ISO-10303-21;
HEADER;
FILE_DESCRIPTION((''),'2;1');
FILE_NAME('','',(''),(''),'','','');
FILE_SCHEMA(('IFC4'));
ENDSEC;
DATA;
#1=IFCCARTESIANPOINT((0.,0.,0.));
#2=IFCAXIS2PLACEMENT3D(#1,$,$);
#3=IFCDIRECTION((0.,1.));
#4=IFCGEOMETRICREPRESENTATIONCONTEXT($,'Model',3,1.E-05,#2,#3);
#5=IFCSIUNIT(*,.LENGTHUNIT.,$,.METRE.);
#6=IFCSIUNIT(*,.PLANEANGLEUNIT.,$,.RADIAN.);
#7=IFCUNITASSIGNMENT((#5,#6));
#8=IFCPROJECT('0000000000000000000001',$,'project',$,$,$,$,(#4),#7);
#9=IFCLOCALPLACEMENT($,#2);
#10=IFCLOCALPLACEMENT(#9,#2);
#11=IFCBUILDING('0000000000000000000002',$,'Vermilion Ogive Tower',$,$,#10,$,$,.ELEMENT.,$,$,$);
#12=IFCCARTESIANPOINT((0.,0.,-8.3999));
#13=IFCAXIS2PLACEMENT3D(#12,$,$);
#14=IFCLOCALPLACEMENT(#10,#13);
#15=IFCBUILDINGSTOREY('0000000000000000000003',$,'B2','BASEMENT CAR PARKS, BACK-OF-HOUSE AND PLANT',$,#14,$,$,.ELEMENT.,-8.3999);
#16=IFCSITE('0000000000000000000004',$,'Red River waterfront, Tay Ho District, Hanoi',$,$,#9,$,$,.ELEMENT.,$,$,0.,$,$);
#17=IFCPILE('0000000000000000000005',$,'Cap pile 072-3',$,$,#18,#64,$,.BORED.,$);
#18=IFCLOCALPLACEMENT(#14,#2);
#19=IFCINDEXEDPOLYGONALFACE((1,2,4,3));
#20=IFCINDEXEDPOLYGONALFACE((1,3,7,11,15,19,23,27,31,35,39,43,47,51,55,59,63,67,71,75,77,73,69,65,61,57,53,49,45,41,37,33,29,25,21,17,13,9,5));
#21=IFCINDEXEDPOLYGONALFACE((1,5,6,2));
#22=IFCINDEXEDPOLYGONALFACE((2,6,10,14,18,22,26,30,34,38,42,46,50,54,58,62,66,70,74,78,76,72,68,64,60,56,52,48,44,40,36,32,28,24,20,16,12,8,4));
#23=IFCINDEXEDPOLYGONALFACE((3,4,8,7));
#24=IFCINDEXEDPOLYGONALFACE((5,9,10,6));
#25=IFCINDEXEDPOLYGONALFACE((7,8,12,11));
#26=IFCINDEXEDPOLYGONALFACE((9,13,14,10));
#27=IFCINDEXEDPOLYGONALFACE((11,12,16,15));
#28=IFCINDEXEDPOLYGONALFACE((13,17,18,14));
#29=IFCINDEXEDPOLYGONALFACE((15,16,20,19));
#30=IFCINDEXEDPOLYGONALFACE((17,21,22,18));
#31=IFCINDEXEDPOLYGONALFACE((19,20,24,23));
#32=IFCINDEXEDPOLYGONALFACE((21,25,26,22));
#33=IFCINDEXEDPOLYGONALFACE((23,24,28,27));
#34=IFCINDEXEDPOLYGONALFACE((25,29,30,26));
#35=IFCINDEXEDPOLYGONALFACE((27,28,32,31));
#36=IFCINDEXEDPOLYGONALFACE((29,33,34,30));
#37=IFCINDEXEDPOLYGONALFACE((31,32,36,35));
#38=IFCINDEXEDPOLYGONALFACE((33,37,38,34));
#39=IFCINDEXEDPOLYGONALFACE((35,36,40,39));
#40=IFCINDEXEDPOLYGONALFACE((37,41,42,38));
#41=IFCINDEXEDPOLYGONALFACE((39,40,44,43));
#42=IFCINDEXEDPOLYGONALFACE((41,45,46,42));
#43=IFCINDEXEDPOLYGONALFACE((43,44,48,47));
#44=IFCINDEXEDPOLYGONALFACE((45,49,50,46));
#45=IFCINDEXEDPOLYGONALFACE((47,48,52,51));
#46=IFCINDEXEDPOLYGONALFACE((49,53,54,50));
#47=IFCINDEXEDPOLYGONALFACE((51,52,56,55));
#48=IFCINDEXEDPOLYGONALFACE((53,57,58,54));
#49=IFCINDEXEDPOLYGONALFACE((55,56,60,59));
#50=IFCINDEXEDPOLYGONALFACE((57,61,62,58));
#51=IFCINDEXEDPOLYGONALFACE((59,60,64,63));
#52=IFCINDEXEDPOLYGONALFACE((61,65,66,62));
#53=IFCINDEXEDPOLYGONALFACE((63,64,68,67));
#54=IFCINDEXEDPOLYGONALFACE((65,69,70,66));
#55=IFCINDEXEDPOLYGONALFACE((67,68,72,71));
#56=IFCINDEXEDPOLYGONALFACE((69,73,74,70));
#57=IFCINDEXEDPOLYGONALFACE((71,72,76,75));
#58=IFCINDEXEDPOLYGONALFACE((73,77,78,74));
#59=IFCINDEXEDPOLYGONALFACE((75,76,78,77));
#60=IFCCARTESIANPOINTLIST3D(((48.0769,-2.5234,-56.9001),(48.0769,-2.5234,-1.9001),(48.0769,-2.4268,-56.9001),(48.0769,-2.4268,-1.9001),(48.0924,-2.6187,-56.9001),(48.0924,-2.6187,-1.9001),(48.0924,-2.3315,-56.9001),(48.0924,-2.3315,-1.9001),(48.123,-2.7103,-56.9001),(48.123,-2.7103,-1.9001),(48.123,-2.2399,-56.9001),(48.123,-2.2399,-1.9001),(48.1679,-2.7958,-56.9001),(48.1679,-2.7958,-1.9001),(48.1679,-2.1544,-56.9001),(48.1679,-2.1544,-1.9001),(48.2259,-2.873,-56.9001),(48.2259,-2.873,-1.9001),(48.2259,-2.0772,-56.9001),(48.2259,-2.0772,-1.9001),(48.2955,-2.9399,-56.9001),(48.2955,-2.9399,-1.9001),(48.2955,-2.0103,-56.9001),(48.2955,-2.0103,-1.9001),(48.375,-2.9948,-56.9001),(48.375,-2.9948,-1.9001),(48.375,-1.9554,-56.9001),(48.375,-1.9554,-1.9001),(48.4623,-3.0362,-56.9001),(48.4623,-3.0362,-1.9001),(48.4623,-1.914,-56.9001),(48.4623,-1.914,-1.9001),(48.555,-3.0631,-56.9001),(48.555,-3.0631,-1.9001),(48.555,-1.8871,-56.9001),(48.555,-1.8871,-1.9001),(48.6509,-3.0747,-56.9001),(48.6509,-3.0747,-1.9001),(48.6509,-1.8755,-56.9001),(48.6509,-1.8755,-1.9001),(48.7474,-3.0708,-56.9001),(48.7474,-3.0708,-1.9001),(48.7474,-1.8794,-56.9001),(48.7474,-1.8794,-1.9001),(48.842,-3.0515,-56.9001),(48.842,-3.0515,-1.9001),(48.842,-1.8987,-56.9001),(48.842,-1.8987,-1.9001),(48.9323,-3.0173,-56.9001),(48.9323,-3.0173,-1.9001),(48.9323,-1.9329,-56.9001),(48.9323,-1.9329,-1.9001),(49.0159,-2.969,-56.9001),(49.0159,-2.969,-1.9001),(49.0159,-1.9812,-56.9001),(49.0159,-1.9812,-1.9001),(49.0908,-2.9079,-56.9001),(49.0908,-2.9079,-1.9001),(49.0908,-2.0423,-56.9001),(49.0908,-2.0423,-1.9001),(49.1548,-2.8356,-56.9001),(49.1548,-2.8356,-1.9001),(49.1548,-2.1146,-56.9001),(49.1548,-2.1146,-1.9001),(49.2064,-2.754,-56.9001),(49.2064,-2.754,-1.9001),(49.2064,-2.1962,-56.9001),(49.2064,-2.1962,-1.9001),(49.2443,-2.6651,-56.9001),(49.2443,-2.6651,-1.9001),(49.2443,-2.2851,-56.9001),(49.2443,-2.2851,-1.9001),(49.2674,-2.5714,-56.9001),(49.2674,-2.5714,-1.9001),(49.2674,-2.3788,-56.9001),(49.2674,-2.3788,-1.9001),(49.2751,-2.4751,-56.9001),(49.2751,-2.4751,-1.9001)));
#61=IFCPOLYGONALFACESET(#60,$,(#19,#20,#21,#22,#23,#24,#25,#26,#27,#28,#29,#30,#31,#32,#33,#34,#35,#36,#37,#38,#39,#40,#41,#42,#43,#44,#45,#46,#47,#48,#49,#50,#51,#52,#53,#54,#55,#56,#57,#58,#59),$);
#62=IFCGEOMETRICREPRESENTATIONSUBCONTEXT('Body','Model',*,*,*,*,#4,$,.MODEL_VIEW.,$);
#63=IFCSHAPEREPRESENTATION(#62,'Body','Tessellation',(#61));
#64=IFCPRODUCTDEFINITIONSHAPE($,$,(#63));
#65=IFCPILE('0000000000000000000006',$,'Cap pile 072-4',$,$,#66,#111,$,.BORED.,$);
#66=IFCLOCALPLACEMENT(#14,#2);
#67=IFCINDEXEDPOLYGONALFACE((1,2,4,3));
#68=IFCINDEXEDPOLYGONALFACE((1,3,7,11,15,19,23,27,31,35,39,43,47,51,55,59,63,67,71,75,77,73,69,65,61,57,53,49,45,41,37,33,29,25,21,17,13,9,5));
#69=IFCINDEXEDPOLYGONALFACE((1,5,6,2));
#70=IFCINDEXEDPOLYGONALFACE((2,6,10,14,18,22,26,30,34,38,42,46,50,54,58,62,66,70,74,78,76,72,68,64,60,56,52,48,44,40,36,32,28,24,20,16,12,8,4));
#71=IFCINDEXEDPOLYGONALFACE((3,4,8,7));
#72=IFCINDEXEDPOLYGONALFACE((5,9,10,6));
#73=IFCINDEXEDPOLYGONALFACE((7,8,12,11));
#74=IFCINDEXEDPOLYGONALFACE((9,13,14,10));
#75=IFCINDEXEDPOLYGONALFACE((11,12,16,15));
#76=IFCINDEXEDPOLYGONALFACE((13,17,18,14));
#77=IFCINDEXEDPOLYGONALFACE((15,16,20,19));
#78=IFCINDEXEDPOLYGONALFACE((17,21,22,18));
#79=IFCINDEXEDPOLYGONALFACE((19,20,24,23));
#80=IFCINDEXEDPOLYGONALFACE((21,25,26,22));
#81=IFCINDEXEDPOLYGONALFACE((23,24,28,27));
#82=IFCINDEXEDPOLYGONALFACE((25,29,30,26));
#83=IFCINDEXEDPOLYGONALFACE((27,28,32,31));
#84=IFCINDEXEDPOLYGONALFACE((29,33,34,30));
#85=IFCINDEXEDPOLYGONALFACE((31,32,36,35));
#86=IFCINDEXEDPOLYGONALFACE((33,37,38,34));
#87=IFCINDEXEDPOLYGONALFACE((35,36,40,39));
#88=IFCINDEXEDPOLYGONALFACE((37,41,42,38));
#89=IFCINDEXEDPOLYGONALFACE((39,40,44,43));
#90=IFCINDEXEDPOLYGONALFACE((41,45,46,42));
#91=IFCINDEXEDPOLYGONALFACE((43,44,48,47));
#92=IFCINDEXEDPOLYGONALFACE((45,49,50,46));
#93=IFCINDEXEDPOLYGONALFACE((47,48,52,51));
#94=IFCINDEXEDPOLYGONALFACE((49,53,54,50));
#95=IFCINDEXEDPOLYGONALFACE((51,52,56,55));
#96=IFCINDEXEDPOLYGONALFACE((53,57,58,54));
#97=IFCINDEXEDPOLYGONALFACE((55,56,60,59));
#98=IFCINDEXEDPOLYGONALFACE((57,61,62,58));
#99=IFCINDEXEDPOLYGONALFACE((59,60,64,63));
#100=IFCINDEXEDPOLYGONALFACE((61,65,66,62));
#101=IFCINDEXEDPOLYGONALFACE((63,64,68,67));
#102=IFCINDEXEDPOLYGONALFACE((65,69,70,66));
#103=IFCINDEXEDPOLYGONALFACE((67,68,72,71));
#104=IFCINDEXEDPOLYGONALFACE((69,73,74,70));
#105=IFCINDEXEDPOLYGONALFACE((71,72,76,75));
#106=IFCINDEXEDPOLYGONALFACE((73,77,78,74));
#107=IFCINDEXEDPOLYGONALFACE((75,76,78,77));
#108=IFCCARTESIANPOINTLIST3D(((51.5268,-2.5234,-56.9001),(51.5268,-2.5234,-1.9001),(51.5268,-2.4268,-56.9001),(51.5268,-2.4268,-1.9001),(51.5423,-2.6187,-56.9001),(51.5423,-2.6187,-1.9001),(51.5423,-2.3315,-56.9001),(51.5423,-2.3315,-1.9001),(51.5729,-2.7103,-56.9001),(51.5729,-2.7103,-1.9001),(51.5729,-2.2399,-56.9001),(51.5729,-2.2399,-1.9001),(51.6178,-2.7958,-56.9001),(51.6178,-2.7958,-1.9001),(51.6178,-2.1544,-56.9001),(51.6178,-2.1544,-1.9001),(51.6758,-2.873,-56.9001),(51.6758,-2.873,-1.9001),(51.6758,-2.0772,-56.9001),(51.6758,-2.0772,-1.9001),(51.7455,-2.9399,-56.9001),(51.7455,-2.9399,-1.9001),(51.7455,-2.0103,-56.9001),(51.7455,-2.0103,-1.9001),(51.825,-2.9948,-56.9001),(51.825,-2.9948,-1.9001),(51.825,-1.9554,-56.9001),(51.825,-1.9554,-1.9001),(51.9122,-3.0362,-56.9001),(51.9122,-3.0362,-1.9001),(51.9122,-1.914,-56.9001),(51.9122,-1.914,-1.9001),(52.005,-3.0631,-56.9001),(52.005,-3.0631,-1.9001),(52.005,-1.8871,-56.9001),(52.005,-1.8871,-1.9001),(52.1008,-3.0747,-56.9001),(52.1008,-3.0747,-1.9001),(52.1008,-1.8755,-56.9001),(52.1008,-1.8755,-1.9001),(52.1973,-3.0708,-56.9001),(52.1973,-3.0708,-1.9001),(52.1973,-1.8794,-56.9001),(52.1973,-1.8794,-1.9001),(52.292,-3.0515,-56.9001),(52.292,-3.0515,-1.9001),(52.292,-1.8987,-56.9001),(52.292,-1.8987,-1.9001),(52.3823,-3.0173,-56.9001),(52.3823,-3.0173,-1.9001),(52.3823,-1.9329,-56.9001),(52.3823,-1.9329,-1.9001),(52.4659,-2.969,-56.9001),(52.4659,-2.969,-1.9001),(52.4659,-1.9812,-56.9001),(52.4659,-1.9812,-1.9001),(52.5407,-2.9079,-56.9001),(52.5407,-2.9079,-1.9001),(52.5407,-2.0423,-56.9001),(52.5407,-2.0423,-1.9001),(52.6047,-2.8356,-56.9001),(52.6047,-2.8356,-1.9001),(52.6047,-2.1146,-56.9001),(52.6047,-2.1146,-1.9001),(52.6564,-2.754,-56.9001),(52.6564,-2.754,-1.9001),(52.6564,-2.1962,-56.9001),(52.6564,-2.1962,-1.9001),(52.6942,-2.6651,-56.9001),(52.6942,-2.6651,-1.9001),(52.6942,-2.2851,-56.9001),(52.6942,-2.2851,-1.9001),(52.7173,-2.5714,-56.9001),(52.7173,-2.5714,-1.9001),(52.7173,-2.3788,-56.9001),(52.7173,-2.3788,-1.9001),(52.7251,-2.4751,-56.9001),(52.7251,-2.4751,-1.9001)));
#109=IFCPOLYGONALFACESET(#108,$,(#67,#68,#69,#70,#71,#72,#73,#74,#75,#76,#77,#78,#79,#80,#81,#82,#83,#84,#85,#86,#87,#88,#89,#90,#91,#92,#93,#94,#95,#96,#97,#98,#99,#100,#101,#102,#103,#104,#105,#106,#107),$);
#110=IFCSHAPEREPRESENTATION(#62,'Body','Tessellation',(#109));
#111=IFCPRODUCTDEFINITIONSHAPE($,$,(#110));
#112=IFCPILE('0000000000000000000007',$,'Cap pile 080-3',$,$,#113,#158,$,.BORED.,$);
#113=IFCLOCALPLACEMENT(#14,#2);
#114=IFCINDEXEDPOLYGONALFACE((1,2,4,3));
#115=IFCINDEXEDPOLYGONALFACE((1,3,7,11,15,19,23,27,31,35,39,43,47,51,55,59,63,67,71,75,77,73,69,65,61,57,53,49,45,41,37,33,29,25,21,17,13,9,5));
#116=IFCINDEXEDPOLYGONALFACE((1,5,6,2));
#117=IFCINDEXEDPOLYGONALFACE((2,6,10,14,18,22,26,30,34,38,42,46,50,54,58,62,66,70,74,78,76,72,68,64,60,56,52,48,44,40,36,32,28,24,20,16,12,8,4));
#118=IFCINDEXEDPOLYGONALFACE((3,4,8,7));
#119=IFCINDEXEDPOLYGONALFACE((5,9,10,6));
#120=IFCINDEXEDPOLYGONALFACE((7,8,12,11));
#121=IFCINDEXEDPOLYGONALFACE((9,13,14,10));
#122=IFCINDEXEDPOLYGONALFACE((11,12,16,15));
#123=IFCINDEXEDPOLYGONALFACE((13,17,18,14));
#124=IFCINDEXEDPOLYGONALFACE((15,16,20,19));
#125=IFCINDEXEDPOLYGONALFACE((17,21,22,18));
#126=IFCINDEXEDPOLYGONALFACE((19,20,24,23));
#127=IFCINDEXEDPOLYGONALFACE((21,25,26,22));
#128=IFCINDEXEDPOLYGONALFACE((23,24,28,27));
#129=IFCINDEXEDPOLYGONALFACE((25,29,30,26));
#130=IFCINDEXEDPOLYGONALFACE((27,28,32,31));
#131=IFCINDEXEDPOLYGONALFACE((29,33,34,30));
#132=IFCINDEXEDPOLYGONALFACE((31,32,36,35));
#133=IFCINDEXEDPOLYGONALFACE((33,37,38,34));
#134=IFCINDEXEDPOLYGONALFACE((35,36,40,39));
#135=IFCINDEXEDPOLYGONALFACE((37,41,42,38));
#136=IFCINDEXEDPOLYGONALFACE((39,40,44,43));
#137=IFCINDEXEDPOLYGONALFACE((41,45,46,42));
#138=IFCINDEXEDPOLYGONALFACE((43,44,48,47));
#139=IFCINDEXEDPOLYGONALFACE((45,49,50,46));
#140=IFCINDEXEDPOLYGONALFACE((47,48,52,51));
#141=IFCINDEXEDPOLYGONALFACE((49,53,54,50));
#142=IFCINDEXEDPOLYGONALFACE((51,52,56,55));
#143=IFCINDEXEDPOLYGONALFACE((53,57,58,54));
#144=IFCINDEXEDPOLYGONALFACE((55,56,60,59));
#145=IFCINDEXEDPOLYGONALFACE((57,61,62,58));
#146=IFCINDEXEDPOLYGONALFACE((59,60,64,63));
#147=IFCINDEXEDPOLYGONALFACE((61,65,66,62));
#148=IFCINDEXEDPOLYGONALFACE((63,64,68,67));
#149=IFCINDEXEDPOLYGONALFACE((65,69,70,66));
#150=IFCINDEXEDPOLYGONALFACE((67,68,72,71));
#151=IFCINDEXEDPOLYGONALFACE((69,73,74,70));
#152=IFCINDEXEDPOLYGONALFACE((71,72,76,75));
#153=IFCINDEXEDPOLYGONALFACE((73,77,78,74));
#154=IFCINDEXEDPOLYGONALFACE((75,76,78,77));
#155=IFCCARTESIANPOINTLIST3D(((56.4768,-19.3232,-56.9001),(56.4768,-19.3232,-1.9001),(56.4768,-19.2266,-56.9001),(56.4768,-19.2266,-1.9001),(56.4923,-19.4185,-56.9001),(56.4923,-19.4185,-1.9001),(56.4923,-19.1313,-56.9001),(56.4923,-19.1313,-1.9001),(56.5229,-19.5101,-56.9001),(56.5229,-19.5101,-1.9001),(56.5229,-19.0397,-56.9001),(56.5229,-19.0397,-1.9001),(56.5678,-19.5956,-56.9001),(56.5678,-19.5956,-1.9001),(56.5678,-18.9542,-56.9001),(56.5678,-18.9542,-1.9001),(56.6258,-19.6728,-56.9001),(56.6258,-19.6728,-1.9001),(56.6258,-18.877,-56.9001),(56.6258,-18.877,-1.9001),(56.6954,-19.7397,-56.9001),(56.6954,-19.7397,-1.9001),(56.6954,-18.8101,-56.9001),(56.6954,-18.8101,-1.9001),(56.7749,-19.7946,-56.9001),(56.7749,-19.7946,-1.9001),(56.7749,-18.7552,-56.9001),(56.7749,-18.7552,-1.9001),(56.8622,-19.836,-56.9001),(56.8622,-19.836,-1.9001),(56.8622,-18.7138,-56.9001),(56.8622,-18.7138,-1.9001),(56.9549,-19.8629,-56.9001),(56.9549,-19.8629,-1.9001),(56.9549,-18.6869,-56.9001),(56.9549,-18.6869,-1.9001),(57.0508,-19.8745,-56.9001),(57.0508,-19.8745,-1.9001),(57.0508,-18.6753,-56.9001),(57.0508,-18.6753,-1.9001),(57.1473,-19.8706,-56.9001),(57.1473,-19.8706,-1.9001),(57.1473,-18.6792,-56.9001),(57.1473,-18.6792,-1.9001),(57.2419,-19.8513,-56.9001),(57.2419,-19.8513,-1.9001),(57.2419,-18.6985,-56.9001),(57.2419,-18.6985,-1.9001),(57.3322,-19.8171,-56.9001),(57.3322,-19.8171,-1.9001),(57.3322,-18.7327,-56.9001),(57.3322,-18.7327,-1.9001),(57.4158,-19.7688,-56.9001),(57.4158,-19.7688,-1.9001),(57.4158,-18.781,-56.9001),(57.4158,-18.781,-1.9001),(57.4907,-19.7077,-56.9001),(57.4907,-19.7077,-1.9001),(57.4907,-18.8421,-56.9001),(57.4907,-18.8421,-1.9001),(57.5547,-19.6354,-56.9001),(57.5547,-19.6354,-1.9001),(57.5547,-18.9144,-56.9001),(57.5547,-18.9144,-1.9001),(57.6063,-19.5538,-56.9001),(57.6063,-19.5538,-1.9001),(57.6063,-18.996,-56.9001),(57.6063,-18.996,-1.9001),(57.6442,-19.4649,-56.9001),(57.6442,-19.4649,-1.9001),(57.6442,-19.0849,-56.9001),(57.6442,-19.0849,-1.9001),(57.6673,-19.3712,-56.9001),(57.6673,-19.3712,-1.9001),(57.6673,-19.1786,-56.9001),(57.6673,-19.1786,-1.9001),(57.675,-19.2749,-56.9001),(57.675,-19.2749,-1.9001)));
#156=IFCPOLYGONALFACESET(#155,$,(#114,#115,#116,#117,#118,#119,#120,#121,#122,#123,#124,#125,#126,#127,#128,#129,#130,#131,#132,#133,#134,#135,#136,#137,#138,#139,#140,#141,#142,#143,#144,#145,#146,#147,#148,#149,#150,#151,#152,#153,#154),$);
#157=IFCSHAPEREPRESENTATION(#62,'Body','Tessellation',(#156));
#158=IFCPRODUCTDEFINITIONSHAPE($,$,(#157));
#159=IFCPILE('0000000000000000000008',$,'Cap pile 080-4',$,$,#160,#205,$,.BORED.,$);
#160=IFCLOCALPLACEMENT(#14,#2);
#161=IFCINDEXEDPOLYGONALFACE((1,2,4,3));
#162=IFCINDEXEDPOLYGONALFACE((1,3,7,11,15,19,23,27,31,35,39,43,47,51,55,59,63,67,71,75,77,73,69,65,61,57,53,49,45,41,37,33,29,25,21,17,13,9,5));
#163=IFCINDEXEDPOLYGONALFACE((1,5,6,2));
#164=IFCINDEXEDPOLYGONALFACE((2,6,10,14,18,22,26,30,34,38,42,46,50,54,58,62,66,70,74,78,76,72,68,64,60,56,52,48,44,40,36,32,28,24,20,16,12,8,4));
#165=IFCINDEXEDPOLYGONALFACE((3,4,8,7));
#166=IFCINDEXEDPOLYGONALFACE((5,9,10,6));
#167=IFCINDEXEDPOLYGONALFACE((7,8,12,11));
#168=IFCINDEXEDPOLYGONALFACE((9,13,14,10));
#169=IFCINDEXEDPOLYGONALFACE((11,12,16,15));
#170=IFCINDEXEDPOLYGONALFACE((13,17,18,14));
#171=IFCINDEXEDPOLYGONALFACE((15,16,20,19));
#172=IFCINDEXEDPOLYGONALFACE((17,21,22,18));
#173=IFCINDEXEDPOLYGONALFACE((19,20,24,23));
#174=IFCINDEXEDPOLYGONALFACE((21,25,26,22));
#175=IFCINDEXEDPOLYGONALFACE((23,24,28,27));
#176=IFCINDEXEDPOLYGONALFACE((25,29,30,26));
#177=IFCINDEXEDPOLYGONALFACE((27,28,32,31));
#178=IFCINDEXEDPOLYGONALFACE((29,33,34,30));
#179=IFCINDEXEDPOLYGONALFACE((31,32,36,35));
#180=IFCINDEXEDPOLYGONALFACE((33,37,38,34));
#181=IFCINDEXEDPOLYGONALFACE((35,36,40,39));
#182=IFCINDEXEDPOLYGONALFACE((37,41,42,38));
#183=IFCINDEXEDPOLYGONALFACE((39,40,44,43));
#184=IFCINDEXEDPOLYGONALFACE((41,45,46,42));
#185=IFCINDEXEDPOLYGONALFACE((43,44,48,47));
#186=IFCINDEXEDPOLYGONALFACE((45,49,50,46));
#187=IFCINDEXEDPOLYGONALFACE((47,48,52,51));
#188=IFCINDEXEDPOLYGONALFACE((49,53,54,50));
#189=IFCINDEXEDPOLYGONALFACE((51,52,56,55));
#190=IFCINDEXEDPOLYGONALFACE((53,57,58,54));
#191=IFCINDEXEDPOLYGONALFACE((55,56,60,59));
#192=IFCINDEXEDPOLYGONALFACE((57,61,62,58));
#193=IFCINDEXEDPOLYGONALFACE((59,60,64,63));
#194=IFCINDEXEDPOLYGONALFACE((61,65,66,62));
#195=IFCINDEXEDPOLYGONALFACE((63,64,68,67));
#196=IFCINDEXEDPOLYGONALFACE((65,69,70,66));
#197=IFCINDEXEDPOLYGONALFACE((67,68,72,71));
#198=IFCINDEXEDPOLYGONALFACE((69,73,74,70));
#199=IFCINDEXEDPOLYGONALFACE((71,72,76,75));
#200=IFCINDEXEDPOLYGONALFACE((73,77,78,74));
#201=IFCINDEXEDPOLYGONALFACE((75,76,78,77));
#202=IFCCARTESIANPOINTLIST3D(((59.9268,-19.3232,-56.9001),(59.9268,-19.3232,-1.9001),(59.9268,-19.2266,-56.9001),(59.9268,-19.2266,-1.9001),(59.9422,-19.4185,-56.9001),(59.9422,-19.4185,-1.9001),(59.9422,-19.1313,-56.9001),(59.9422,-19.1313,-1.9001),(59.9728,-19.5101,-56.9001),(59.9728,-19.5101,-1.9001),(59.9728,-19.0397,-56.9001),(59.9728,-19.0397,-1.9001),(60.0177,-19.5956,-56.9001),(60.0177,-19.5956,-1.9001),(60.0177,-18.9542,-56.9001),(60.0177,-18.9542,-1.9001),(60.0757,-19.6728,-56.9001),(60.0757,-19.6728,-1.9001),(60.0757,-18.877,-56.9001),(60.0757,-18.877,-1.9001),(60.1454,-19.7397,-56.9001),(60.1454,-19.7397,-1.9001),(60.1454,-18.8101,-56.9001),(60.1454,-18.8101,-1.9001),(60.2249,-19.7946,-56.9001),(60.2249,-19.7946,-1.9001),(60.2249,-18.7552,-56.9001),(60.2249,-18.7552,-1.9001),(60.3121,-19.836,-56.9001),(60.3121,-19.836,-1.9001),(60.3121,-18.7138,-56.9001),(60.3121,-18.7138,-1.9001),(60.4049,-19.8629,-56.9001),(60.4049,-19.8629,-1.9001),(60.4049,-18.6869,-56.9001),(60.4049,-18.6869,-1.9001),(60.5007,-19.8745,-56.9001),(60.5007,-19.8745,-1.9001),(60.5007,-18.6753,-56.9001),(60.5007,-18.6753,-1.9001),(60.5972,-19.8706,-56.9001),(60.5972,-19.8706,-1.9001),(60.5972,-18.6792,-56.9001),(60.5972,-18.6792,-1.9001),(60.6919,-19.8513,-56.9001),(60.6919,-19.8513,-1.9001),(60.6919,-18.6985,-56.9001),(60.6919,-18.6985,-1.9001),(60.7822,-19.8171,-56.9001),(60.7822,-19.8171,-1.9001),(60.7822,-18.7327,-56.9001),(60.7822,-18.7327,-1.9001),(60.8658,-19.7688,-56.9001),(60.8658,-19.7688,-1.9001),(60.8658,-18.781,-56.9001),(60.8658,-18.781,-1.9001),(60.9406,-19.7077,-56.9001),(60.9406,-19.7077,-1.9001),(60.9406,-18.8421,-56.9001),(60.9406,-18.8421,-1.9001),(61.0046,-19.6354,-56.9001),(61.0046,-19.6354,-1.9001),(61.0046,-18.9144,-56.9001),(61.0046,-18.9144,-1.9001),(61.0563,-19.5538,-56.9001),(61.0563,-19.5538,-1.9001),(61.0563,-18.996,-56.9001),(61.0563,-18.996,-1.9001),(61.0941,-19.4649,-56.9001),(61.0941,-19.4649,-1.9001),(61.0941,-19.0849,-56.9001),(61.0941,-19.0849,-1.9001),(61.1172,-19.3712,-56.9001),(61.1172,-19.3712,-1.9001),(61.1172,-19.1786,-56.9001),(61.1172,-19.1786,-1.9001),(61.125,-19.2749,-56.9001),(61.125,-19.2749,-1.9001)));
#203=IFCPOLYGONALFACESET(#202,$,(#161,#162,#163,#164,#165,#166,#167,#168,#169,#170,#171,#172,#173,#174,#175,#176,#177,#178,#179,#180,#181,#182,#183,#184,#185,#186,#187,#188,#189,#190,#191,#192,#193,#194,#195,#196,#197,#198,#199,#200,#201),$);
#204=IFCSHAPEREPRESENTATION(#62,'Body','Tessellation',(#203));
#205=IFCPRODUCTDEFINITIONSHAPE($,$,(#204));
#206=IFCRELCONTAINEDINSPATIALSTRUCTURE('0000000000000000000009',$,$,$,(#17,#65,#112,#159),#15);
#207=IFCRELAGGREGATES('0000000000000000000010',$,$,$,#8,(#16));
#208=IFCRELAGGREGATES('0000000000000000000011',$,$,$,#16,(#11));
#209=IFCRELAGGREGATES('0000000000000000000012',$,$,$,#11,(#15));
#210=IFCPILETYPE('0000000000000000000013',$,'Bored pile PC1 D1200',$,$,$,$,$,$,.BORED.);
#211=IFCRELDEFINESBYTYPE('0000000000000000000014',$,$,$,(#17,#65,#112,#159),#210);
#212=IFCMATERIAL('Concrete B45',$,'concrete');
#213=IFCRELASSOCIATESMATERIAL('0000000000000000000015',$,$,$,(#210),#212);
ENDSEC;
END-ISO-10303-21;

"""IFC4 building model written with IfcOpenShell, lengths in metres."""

from ifc_helpers import new_model, si_unit, direction, frame, origin, origin_2d, place, context, subcontext, project, spatial, circle, extrude, material, type_object, element, save


model = new_model("IFC4")

# Units and contexts
model_context = context("Model", 3, precision=1e-05, world=origin(), true_north=direction((0.0, 1.0)))
body_context = subcontext(model_context, "Body", "Model", "MODEL_VIEW")
ifc_project = project(units=[si_unit("LENGTHUNIT", "METRE"), si_unit("PLANEANGLEUNIT", "RADIAN")], contexts=[model_context])

# Site, building, storey
site_placement = place(None, origin())
site = spatial("IfcSite", under=ifc_project, at=site_placement, Name="Red River waterfront, Tay Ho District, Hanoi", CompositionType="ELEMENT", RefElevation=0.0)
building_placement = place(site_placement, origin())
building = spatial("IfcBuilding", under=site, at=building_placement, Name="Vermilion Ogive Tower", CompositionType="ELEMENT")
storey_placement = place(building_placement, frame((0.0, 0.0, -8.3999)))
storey = spatial("IfcBuildingStorey", under=building, at=storey_placement, Name="B2", Description="BASEMENT CAR PARKS, BACK-OF-HOUSE AND PLANT", CompositionType="ELEMENT", Elevation=-8.3999)

# Piles
ifc_material_1 = material(Name="Concrete B45", Category="concrete")
pile_type = type_object("IfcPileType", Name="Bored pile PC1 D1200", PredefinedType="BORED", material=ifc_material_1)
for number, where, z_axis, x_axis, name in (
    (1, (48.675, -2.4751, -1.9001), (0.0, 0.0, -1.0), (1.0, 0.0, 0.0), "Cap pile 072-3"),
    (2, (52.125, -2.4751, -1.9001), (0.0, 0.0, -1.0), (1.0, 0.0, 0.0), "Cap pile 072-4"),
    (3, (57.075, -19.2749, -1.9001), (0.0, 0.0, -1.0), (1.0, 0.0, 0.0), "Cap pile 080-3"),
    (4, (60.5249, -19.2749, -1.9001), (0.0, 0.0, -1.0), (1.0, 0.0, 0.0), "Cap pile 080-4"),
):
    element("IfcPile", number, at=place(storey_placement, frame(where, z_axis=z_axis, x_axis=x_axis)), inside=storey, type_object=pile_type, Name=name, PredefinedType="BORED", context=body_context, shape_type="SweptSolid", body=[
        extrude(circle(Radius=0.6001, at=origin_2d()), origin(), (0.0, 0.0, 1.0), 55.0),
    ])

save(model, "model.ifc")
